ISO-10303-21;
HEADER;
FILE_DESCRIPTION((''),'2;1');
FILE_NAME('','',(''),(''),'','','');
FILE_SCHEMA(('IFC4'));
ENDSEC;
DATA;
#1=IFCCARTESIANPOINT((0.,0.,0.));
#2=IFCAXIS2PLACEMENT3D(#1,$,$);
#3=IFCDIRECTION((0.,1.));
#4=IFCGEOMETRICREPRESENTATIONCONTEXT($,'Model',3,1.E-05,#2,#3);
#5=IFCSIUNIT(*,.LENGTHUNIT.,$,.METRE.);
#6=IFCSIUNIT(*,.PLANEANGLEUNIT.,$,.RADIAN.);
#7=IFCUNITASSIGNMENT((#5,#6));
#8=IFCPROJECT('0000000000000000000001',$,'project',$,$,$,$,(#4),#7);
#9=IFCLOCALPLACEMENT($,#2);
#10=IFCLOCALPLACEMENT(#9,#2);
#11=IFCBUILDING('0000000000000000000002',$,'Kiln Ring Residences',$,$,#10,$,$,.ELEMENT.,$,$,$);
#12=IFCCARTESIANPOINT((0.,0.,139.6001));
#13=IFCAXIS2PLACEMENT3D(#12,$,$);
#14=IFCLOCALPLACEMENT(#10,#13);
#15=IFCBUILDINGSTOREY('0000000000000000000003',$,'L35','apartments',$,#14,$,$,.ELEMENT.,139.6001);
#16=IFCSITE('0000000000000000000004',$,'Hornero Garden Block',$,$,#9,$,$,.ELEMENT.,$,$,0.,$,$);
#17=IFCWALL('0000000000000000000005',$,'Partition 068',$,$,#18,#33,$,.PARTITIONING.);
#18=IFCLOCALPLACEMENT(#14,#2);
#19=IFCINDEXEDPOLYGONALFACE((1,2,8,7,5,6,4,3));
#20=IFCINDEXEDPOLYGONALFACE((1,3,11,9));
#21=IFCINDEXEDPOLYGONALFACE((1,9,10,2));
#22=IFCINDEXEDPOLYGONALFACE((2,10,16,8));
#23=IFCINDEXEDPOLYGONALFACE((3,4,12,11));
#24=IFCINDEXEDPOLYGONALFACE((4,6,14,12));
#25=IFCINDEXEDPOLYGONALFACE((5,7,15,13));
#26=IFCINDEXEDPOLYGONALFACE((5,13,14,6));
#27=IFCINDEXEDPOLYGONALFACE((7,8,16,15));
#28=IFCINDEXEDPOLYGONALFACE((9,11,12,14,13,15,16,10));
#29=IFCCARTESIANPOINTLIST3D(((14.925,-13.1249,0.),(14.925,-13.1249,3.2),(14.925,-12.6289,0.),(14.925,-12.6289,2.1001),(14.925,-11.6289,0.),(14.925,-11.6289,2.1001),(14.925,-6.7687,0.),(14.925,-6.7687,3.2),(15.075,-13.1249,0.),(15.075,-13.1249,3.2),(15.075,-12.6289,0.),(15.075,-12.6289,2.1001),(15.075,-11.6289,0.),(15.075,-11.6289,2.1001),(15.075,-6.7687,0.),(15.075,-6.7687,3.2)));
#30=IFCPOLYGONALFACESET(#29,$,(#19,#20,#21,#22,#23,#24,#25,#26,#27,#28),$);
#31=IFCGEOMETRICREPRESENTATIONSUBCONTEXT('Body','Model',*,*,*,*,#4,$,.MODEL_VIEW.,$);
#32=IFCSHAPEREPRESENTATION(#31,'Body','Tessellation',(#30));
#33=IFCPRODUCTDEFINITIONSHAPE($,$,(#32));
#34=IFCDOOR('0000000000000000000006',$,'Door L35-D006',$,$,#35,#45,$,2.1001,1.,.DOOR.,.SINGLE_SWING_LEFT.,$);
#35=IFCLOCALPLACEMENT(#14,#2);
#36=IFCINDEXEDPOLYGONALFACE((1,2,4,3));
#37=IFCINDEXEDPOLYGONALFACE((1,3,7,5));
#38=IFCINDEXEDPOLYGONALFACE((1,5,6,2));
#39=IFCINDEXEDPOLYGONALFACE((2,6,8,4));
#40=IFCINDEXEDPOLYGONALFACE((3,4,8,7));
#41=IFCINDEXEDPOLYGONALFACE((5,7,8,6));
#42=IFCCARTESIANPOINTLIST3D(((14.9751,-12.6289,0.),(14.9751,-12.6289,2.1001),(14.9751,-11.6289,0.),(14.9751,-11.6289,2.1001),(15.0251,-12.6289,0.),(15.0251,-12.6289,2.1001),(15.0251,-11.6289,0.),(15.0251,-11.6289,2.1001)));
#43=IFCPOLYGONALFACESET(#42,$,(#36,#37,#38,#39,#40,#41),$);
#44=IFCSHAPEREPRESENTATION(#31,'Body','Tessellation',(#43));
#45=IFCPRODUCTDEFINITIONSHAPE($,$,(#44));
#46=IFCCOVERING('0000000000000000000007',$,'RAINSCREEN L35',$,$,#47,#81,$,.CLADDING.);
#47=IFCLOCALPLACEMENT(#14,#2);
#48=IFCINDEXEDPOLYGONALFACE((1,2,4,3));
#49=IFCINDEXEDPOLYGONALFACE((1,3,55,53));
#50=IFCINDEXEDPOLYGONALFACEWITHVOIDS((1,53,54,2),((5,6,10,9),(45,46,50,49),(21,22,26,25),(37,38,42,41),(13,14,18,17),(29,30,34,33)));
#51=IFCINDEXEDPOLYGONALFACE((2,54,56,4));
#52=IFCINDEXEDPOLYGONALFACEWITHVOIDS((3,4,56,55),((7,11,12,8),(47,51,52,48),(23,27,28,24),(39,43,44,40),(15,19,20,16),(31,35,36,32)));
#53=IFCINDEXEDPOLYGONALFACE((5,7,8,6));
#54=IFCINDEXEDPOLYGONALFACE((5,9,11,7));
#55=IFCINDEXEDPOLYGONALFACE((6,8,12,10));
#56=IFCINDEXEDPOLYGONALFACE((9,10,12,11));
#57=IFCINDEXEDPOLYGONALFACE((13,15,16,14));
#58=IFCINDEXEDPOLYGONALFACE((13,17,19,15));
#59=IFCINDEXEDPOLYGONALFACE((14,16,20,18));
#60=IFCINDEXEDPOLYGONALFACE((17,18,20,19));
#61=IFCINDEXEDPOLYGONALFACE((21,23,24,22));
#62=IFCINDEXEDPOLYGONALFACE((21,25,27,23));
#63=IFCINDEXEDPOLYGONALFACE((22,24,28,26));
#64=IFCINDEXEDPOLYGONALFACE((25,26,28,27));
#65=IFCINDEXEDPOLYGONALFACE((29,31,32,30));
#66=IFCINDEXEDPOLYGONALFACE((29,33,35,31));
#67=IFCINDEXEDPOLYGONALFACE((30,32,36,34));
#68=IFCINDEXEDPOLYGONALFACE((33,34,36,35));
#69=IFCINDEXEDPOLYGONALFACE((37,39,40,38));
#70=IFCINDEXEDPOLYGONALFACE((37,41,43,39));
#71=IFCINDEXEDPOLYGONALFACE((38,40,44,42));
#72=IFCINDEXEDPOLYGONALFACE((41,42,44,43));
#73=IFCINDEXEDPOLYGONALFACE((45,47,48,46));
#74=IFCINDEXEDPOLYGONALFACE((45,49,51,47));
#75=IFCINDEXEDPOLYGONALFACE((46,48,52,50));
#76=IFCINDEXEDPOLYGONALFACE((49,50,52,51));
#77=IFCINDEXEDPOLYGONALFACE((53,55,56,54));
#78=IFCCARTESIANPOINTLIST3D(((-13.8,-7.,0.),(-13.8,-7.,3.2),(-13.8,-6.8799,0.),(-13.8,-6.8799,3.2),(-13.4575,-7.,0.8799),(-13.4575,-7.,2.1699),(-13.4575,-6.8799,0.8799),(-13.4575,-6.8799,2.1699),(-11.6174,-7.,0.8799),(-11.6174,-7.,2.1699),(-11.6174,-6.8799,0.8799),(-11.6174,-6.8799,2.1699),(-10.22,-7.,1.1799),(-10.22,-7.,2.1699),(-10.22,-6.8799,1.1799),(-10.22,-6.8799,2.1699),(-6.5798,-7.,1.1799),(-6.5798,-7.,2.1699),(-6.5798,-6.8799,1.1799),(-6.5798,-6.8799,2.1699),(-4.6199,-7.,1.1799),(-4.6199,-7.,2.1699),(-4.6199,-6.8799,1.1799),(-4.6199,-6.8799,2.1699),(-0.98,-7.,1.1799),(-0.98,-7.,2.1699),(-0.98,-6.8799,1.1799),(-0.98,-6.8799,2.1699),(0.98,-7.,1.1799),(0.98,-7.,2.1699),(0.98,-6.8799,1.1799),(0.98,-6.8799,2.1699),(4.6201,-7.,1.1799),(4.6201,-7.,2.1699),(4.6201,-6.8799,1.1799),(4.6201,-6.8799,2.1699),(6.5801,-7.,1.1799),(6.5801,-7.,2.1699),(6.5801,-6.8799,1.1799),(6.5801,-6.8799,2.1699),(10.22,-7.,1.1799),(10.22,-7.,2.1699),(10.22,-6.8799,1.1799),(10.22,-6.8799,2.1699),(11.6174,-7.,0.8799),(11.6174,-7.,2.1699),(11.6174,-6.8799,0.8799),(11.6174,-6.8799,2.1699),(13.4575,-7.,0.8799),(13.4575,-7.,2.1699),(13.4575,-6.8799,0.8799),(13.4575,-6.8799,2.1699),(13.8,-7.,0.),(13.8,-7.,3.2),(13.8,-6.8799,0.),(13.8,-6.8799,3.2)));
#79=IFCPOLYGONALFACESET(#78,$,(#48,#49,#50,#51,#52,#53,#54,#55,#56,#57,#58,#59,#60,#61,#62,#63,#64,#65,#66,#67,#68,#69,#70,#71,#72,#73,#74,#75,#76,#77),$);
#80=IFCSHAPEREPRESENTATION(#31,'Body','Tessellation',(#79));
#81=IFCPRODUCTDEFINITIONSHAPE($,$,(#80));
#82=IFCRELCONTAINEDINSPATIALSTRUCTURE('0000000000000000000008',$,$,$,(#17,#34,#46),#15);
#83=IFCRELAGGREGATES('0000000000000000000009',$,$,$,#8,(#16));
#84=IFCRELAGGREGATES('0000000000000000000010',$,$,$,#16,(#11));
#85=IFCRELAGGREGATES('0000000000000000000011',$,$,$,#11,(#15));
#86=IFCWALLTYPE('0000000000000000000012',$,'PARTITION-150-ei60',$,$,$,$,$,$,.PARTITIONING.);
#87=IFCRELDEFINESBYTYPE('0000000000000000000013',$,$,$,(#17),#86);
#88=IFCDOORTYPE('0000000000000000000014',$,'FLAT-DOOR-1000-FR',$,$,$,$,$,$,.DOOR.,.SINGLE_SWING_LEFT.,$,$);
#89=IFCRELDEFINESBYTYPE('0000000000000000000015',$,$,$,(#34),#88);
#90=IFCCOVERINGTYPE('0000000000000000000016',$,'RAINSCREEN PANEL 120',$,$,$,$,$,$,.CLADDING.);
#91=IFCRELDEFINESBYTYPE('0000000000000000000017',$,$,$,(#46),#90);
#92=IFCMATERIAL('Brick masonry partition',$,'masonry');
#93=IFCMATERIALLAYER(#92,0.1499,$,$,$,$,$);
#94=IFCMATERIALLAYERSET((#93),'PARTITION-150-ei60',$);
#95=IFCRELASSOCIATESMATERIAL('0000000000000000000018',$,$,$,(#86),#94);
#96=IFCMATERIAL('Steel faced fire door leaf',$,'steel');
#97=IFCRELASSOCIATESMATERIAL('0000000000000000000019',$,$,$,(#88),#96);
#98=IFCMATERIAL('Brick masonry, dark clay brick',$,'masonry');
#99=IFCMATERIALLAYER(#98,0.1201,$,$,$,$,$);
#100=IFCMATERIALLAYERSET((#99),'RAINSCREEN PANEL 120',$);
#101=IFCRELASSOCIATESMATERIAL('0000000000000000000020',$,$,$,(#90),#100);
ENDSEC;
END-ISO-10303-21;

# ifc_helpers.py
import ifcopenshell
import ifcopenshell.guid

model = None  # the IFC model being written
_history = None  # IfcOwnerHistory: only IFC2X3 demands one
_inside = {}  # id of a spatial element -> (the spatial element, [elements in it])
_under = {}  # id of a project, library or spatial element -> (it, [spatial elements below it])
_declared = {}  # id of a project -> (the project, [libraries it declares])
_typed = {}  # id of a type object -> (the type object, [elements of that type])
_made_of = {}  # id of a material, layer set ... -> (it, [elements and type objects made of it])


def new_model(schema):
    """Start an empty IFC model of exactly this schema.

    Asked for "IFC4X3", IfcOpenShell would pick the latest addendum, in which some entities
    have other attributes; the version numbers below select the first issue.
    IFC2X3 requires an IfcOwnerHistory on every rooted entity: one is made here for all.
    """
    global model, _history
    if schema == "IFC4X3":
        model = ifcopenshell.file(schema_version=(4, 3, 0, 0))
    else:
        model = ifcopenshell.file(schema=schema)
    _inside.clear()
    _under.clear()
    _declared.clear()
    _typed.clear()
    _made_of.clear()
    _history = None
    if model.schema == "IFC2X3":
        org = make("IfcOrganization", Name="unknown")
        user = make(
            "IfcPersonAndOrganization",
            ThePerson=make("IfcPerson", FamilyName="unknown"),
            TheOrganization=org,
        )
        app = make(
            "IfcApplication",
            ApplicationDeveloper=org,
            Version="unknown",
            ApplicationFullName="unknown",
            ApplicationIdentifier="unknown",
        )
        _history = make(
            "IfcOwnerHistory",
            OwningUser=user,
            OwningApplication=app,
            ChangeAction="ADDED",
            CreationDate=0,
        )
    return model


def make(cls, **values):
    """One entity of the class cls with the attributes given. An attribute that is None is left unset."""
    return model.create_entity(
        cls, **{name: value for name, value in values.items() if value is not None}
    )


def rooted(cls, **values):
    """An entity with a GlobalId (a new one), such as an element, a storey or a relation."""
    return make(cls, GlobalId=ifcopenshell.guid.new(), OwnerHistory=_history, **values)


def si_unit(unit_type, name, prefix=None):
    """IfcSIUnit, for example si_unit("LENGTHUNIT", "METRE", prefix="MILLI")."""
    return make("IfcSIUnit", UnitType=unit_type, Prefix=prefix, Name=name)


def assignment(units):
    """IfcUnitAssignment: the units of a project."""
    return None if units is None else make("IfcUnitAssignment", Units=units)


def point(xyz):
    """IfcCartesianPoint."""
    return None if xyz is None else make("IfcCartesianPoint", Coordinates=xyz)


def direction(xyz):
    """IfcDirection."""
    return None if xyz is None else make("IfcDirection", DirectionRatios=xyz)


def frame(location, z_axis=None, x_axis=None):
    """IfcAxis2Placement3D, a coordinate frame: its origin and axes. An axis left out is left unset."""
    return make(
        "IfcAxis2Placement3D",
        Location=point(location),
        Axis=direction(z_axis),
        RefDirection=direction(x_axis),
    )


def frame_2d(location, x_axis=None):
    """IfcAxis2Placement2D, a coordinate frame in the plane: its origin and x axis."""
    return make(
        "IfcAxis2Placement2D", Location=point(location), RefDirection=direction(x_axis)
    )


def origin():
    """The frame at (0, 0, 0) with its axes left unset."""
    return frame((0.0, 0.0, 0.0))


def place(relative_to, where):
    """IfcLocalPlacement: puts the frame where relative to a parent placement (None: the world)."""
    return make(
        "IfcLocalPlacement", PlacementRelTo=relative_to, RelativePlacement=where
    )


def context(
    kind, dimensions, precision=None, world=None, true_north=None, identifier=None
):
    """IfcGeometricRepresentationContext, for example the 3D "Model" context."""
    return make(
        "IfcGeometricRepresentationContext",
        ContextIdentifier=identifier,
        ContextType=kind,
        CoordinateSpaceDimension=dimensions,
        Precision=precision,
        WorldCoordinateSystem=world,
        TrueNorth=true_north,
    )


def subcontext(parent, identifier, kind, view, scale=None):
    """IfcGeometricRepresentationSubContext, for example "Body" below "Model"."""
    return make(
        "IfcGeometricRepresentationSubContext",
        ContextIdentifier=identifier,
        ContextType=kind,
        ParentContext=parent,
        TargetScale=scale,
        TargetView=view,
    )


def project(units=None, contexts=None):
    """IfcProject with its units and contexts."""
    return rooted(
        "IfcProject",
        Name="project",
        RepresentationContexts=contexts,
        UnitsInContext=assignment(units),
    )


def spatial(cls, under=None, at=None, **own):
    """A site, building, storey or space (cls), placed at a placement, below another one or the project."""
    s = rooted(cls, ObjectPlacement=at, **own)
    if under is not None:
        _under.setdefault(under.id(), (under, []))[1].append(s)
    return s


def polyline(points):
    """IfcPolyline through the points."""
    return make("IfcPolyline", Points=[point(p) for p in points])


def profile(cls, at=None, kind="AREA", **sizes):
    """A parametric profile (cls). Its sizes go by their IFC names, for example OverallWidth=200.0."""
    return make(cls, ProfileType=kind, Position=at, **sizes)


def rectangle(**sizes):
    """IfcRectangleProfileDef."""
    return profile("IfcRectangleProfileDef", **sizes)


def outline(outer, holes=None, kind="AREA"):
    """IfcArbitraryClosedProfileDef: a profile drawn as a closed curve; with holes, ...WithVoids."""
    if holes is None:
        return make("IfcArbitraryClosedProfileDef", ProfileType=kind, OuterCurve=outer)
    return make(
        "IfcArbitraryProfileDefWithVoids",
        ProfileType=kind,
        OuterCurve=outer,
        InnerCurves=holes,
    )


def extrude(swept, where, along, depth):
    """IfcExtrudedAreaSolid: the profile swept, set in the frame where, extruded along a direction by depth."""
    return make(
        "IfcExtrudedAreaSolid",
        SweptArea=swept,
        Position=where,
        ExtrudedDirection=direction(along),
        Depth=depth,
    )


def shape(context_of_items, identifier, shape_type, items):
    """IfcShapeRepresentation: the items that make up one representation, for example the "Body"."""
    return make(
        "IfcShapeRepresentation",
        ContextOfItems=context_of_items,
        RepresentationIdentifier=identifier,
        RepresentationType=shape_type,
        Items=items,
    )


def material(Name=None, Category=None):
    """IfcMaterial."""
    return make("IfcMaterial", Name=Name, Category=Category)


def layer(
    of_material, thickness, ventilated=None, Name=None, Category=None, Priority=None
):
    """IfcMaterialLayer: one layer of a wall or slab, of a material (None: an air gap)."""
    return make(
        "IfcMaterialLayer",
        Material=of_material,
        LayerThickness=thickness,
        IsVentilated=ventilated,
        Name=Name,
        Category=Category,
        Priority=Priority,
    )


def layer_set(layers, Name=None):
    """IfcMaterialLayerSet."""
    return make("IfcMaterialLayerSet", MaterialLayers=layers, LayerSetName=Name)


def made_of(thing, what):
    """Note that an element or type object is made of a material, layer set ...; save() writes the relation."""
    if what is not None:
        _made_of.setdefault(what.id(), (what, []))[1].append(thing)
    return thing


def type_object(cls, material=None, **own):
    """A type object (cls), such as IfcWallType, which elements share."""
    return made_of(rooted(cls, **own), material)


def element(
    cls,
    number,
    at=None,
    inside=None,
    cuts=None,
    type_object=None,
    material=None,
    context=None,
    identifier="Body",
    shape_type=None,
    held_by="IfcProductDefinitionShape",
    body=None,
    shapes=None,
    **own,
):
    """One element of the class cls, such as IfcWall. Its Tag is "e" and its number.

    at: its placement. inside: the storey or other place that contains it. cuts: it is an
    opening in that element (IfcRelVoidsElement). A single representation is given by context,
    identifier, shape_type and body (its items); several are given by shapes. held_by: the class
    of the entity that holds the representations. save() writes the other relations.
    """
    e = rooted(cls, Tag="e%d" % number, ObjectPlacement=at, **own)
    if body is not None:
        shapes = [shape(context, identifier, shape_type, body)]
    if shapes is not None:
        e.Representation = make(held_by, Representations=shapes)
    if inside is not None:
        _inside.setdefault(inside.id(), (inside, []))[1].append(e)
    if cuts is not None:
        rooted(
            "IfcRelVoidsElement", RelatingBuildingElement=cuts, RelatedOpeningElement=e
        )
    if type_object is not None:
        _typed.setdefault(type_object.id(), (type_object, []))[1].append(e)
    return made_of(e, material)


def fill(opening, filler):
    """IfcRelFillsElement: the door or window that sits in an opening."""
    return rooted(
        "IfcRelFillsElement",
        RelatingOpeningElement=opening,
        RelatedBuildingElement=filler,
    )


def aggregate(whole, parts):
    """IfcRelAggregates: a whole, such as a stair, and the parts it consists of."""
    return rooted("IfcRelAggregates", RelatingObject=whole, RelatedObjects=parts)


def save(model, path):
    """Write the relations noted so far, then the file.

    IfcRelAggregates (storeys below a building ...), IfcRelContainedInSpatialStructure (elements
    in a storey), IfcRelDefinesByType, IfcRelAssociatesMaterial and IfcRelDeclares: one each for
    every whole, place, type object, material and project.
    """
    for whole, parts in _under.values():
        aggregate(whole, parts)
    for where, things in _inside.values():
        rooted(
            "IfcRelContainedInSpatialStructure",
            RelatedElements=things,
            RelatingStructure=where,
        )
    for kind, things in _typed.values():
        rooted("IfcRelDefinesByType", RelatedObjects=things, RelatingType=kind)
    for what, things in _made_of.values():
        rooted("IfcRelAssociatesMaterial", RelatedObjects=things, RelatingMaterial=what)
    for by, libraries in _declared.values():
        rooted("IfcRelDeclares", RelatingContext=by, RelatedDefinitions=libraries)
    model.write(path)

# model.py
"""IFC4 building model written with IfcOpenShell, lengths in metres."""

from ifc_helpers import new_model, si_unit, direction, frame, frame_2d, origin, place, context, subcontext, project, spatial, polyline, rectangle, outline, extrude, material, layer, layer_set, type_object, element, fill, save


model = new_model("IFC4")

# Units and contexts
model_context = context("Model", 3, precision=1e-05, world=origin(), true_north=direction((0.0, 1.0)))
body_context = subcontext(model_context, "Body", "Model", "MODEL_VIEW")
ifc_project = project(units=[si_unit("LENGTHUNIT", "METRE"), si_unit("PLANEANGLEUNIT", "RADIAN")], contexts=[model_context])

# Site, building, storey
site_placement = place(None, origin())
site = spatial("IfcSite", under=ifc_project, at=site_placement, Name="Hornero Garden Block", CompositionType="ELEMENT", RefElevation=0.0)
building_placement = place(site_placement, origin())
building = spatial("IfcBuilding", under=site, at=building_placement, Name="Kiln Ring Residences", CompositionType="ELEMENT")
storey_placement = place(building_placement, frame((0.0, 0.0, 139.6001)))
storey = spatial("IfcBuildingStorey", under=building, at=storey_placement, Name="L35", Description="apartments", CompositionType="ELEMENT", Elevation=139.6001)

# Shared definitions
ifc_material_1 = material(Name="Brick masonry partition", Category="masonry")
ifc_layer_1 = layer(ifc_material_1, 0.1499)
ifc_layer_set_1 = layer_set([ifc_layer_1], Name="PARTITION-150-ei60")
wall_type_1 = type_object("IfcWallType", Name="PARTITION-150-ei60", PredefinedType="PARTITIONING", material=ifc_layer_set_1)
ifc_material_2 = material(Name="Steel faced fire door leaf", Category="steel")
door_type_1 = type_object("IfcDoorType", Name="FLAT-DOOR-1000-FR", OperationType="SINGLE_SWING_LEFT", PredefinedType="DOOR", material=ifc_material_2)

# Wall, opening, door
wall_1_placement = place(storey_placement, frame((15.0, -13.125, 0.0), z_axis=(0.0, 0.0, 1.0), x_axis=(0.0, 1.0, 0.0)))
wall_1 = element("IfcWall", 1, at=wall_1_placement, inside=storey, type_object=wall_type_1, Name="Partition 068", PredefinedType="PARTITIONING", context=body_context, shape_type="SweptSolid", body=[
    extrude(rectangle(XDim=6.3562, YDim=0.1499, at=frame_2d((3.1782, 0.0))), origin(), (0.0, 0.0, 1.0), 3.2),
])
opening_1_placement = place(wall_1_placement, frame((0.4961, 0.0, 0.0)))
opening_1 = element("IfcOpeningElement", 2, at=opening_1_placement, cuts=wall_1, PredefinedType="OPENING", context=body_context, shape_type="SweptSolid", body=[
    extrude(rectangle(XDim=1.0, YDim=2.1001, at=frame_2d((0.5, 1.05))), frame((0.0, 0.085, 0.0), z_axis=(0.0, -1.0, 0.0), x_axis=(1.0, 0.0, 0.0)), (0.0, 0.0, 1.0), 0.1699),
])
door_1_placement = place(opening_1_placement, origin())
door_1 = element("IfcDoor", 3, at=door_1_placement, inside=storey, type_object=door_type_1, Name="Door L35-D006", OperationType="SINGLE_SWING_LEFT", OverallHeight=2.1001, OverallWidth=1.0, PredefinedType="DOOR", context=body_context, shape_type="SweptSolid", body=[
    extrude(rectangle(XDim=1.0, YDim=2.1001, at=frame_2d((0.5, 1.05))), frame((0.0, 0.0249, 0.0), z_axis=(0.0, -1.0, 0.0), x_axis=(1.0, 0.0, 0.0)), (0.0, 0.0, 1.0), 0.05),
])
fill(opening_1, door_1)

# Covering
ifc_material_3 = material(Name="Brick masonry, dark clay brick", Category="masonry")
ifc_layer_2 = layer(ifc_material_3, 0.1201)
ifc_layer_set_2 = layer_set([ifc_layer_2], Name="RAINSCREEN PANEL 120")
covering_type = type_object("IfcCoveringType", Name="RAINSCREEN PANEL 120", PredefinedType="CLADDING", material=ifc_layer_set_2)
covering_placement = place(storey_placement, frame((13.8, -6.9399, 0.0), z_axis=(0.0, 0.0, 1.0), x_axis=(-1.0, 0.0, 0.0)))
element("IfcCovering", 4, at=covering_placement, inside=storey, type_object=covering_type, Name="RAINSCREEN L35", PredefinedType="CLADDING", context=body_context, shape_type="SweptSolid", body=[
    extrude(outline(polyline([(0.0, 0.0), (27.6001, 0.0), (27.6001, 3.2), (0.0, 3.2), (0.0, 0.0)]), holes=[polyline([(2.1826, 0.8799), (2.1826, 2.1699), (0.3425, 2.1699), (0.3425, 0.8799), (2.1826, 0.8799)]), polyline([(25.4175, 0.8799), (27.2576, 0.8799), (27.2576, 2.1699), (25.4175, 2.1699), (25.4175, 0.8799)]), polyline([(3.5801, 1.1799), (7.22, 1.1799), (7.22, 2.1699), (3.5801, 2.1699), (3.5801, 1.1799)]), polyline([(12.8201, 1.1799), (12.8201, 2.1699), (9.1799, 2.1699), (9.1799, 1.1799), (12.8201, 1.1799)]), polyline([(14.78, 1.1799), (18.4199, 1.1799), (18.4199, 2.1699), (14.78, 2.1699), (14.78, 1.1799)]), polyline([(20.3799, 1.1799), (24.02, 1.1799), (24.02, 2.1699), (20.3799, 2.1699), (20.3799, 1.1799)])]), frame((0.0, 0.0601, 0.0), z_axis=(0.0, -1.0, 0.0), x_axis=(1.0, 0.0, 0.0)), (0.0, 0.0, 1.0), 0.1201),
])

save(model, "model.ifc")
